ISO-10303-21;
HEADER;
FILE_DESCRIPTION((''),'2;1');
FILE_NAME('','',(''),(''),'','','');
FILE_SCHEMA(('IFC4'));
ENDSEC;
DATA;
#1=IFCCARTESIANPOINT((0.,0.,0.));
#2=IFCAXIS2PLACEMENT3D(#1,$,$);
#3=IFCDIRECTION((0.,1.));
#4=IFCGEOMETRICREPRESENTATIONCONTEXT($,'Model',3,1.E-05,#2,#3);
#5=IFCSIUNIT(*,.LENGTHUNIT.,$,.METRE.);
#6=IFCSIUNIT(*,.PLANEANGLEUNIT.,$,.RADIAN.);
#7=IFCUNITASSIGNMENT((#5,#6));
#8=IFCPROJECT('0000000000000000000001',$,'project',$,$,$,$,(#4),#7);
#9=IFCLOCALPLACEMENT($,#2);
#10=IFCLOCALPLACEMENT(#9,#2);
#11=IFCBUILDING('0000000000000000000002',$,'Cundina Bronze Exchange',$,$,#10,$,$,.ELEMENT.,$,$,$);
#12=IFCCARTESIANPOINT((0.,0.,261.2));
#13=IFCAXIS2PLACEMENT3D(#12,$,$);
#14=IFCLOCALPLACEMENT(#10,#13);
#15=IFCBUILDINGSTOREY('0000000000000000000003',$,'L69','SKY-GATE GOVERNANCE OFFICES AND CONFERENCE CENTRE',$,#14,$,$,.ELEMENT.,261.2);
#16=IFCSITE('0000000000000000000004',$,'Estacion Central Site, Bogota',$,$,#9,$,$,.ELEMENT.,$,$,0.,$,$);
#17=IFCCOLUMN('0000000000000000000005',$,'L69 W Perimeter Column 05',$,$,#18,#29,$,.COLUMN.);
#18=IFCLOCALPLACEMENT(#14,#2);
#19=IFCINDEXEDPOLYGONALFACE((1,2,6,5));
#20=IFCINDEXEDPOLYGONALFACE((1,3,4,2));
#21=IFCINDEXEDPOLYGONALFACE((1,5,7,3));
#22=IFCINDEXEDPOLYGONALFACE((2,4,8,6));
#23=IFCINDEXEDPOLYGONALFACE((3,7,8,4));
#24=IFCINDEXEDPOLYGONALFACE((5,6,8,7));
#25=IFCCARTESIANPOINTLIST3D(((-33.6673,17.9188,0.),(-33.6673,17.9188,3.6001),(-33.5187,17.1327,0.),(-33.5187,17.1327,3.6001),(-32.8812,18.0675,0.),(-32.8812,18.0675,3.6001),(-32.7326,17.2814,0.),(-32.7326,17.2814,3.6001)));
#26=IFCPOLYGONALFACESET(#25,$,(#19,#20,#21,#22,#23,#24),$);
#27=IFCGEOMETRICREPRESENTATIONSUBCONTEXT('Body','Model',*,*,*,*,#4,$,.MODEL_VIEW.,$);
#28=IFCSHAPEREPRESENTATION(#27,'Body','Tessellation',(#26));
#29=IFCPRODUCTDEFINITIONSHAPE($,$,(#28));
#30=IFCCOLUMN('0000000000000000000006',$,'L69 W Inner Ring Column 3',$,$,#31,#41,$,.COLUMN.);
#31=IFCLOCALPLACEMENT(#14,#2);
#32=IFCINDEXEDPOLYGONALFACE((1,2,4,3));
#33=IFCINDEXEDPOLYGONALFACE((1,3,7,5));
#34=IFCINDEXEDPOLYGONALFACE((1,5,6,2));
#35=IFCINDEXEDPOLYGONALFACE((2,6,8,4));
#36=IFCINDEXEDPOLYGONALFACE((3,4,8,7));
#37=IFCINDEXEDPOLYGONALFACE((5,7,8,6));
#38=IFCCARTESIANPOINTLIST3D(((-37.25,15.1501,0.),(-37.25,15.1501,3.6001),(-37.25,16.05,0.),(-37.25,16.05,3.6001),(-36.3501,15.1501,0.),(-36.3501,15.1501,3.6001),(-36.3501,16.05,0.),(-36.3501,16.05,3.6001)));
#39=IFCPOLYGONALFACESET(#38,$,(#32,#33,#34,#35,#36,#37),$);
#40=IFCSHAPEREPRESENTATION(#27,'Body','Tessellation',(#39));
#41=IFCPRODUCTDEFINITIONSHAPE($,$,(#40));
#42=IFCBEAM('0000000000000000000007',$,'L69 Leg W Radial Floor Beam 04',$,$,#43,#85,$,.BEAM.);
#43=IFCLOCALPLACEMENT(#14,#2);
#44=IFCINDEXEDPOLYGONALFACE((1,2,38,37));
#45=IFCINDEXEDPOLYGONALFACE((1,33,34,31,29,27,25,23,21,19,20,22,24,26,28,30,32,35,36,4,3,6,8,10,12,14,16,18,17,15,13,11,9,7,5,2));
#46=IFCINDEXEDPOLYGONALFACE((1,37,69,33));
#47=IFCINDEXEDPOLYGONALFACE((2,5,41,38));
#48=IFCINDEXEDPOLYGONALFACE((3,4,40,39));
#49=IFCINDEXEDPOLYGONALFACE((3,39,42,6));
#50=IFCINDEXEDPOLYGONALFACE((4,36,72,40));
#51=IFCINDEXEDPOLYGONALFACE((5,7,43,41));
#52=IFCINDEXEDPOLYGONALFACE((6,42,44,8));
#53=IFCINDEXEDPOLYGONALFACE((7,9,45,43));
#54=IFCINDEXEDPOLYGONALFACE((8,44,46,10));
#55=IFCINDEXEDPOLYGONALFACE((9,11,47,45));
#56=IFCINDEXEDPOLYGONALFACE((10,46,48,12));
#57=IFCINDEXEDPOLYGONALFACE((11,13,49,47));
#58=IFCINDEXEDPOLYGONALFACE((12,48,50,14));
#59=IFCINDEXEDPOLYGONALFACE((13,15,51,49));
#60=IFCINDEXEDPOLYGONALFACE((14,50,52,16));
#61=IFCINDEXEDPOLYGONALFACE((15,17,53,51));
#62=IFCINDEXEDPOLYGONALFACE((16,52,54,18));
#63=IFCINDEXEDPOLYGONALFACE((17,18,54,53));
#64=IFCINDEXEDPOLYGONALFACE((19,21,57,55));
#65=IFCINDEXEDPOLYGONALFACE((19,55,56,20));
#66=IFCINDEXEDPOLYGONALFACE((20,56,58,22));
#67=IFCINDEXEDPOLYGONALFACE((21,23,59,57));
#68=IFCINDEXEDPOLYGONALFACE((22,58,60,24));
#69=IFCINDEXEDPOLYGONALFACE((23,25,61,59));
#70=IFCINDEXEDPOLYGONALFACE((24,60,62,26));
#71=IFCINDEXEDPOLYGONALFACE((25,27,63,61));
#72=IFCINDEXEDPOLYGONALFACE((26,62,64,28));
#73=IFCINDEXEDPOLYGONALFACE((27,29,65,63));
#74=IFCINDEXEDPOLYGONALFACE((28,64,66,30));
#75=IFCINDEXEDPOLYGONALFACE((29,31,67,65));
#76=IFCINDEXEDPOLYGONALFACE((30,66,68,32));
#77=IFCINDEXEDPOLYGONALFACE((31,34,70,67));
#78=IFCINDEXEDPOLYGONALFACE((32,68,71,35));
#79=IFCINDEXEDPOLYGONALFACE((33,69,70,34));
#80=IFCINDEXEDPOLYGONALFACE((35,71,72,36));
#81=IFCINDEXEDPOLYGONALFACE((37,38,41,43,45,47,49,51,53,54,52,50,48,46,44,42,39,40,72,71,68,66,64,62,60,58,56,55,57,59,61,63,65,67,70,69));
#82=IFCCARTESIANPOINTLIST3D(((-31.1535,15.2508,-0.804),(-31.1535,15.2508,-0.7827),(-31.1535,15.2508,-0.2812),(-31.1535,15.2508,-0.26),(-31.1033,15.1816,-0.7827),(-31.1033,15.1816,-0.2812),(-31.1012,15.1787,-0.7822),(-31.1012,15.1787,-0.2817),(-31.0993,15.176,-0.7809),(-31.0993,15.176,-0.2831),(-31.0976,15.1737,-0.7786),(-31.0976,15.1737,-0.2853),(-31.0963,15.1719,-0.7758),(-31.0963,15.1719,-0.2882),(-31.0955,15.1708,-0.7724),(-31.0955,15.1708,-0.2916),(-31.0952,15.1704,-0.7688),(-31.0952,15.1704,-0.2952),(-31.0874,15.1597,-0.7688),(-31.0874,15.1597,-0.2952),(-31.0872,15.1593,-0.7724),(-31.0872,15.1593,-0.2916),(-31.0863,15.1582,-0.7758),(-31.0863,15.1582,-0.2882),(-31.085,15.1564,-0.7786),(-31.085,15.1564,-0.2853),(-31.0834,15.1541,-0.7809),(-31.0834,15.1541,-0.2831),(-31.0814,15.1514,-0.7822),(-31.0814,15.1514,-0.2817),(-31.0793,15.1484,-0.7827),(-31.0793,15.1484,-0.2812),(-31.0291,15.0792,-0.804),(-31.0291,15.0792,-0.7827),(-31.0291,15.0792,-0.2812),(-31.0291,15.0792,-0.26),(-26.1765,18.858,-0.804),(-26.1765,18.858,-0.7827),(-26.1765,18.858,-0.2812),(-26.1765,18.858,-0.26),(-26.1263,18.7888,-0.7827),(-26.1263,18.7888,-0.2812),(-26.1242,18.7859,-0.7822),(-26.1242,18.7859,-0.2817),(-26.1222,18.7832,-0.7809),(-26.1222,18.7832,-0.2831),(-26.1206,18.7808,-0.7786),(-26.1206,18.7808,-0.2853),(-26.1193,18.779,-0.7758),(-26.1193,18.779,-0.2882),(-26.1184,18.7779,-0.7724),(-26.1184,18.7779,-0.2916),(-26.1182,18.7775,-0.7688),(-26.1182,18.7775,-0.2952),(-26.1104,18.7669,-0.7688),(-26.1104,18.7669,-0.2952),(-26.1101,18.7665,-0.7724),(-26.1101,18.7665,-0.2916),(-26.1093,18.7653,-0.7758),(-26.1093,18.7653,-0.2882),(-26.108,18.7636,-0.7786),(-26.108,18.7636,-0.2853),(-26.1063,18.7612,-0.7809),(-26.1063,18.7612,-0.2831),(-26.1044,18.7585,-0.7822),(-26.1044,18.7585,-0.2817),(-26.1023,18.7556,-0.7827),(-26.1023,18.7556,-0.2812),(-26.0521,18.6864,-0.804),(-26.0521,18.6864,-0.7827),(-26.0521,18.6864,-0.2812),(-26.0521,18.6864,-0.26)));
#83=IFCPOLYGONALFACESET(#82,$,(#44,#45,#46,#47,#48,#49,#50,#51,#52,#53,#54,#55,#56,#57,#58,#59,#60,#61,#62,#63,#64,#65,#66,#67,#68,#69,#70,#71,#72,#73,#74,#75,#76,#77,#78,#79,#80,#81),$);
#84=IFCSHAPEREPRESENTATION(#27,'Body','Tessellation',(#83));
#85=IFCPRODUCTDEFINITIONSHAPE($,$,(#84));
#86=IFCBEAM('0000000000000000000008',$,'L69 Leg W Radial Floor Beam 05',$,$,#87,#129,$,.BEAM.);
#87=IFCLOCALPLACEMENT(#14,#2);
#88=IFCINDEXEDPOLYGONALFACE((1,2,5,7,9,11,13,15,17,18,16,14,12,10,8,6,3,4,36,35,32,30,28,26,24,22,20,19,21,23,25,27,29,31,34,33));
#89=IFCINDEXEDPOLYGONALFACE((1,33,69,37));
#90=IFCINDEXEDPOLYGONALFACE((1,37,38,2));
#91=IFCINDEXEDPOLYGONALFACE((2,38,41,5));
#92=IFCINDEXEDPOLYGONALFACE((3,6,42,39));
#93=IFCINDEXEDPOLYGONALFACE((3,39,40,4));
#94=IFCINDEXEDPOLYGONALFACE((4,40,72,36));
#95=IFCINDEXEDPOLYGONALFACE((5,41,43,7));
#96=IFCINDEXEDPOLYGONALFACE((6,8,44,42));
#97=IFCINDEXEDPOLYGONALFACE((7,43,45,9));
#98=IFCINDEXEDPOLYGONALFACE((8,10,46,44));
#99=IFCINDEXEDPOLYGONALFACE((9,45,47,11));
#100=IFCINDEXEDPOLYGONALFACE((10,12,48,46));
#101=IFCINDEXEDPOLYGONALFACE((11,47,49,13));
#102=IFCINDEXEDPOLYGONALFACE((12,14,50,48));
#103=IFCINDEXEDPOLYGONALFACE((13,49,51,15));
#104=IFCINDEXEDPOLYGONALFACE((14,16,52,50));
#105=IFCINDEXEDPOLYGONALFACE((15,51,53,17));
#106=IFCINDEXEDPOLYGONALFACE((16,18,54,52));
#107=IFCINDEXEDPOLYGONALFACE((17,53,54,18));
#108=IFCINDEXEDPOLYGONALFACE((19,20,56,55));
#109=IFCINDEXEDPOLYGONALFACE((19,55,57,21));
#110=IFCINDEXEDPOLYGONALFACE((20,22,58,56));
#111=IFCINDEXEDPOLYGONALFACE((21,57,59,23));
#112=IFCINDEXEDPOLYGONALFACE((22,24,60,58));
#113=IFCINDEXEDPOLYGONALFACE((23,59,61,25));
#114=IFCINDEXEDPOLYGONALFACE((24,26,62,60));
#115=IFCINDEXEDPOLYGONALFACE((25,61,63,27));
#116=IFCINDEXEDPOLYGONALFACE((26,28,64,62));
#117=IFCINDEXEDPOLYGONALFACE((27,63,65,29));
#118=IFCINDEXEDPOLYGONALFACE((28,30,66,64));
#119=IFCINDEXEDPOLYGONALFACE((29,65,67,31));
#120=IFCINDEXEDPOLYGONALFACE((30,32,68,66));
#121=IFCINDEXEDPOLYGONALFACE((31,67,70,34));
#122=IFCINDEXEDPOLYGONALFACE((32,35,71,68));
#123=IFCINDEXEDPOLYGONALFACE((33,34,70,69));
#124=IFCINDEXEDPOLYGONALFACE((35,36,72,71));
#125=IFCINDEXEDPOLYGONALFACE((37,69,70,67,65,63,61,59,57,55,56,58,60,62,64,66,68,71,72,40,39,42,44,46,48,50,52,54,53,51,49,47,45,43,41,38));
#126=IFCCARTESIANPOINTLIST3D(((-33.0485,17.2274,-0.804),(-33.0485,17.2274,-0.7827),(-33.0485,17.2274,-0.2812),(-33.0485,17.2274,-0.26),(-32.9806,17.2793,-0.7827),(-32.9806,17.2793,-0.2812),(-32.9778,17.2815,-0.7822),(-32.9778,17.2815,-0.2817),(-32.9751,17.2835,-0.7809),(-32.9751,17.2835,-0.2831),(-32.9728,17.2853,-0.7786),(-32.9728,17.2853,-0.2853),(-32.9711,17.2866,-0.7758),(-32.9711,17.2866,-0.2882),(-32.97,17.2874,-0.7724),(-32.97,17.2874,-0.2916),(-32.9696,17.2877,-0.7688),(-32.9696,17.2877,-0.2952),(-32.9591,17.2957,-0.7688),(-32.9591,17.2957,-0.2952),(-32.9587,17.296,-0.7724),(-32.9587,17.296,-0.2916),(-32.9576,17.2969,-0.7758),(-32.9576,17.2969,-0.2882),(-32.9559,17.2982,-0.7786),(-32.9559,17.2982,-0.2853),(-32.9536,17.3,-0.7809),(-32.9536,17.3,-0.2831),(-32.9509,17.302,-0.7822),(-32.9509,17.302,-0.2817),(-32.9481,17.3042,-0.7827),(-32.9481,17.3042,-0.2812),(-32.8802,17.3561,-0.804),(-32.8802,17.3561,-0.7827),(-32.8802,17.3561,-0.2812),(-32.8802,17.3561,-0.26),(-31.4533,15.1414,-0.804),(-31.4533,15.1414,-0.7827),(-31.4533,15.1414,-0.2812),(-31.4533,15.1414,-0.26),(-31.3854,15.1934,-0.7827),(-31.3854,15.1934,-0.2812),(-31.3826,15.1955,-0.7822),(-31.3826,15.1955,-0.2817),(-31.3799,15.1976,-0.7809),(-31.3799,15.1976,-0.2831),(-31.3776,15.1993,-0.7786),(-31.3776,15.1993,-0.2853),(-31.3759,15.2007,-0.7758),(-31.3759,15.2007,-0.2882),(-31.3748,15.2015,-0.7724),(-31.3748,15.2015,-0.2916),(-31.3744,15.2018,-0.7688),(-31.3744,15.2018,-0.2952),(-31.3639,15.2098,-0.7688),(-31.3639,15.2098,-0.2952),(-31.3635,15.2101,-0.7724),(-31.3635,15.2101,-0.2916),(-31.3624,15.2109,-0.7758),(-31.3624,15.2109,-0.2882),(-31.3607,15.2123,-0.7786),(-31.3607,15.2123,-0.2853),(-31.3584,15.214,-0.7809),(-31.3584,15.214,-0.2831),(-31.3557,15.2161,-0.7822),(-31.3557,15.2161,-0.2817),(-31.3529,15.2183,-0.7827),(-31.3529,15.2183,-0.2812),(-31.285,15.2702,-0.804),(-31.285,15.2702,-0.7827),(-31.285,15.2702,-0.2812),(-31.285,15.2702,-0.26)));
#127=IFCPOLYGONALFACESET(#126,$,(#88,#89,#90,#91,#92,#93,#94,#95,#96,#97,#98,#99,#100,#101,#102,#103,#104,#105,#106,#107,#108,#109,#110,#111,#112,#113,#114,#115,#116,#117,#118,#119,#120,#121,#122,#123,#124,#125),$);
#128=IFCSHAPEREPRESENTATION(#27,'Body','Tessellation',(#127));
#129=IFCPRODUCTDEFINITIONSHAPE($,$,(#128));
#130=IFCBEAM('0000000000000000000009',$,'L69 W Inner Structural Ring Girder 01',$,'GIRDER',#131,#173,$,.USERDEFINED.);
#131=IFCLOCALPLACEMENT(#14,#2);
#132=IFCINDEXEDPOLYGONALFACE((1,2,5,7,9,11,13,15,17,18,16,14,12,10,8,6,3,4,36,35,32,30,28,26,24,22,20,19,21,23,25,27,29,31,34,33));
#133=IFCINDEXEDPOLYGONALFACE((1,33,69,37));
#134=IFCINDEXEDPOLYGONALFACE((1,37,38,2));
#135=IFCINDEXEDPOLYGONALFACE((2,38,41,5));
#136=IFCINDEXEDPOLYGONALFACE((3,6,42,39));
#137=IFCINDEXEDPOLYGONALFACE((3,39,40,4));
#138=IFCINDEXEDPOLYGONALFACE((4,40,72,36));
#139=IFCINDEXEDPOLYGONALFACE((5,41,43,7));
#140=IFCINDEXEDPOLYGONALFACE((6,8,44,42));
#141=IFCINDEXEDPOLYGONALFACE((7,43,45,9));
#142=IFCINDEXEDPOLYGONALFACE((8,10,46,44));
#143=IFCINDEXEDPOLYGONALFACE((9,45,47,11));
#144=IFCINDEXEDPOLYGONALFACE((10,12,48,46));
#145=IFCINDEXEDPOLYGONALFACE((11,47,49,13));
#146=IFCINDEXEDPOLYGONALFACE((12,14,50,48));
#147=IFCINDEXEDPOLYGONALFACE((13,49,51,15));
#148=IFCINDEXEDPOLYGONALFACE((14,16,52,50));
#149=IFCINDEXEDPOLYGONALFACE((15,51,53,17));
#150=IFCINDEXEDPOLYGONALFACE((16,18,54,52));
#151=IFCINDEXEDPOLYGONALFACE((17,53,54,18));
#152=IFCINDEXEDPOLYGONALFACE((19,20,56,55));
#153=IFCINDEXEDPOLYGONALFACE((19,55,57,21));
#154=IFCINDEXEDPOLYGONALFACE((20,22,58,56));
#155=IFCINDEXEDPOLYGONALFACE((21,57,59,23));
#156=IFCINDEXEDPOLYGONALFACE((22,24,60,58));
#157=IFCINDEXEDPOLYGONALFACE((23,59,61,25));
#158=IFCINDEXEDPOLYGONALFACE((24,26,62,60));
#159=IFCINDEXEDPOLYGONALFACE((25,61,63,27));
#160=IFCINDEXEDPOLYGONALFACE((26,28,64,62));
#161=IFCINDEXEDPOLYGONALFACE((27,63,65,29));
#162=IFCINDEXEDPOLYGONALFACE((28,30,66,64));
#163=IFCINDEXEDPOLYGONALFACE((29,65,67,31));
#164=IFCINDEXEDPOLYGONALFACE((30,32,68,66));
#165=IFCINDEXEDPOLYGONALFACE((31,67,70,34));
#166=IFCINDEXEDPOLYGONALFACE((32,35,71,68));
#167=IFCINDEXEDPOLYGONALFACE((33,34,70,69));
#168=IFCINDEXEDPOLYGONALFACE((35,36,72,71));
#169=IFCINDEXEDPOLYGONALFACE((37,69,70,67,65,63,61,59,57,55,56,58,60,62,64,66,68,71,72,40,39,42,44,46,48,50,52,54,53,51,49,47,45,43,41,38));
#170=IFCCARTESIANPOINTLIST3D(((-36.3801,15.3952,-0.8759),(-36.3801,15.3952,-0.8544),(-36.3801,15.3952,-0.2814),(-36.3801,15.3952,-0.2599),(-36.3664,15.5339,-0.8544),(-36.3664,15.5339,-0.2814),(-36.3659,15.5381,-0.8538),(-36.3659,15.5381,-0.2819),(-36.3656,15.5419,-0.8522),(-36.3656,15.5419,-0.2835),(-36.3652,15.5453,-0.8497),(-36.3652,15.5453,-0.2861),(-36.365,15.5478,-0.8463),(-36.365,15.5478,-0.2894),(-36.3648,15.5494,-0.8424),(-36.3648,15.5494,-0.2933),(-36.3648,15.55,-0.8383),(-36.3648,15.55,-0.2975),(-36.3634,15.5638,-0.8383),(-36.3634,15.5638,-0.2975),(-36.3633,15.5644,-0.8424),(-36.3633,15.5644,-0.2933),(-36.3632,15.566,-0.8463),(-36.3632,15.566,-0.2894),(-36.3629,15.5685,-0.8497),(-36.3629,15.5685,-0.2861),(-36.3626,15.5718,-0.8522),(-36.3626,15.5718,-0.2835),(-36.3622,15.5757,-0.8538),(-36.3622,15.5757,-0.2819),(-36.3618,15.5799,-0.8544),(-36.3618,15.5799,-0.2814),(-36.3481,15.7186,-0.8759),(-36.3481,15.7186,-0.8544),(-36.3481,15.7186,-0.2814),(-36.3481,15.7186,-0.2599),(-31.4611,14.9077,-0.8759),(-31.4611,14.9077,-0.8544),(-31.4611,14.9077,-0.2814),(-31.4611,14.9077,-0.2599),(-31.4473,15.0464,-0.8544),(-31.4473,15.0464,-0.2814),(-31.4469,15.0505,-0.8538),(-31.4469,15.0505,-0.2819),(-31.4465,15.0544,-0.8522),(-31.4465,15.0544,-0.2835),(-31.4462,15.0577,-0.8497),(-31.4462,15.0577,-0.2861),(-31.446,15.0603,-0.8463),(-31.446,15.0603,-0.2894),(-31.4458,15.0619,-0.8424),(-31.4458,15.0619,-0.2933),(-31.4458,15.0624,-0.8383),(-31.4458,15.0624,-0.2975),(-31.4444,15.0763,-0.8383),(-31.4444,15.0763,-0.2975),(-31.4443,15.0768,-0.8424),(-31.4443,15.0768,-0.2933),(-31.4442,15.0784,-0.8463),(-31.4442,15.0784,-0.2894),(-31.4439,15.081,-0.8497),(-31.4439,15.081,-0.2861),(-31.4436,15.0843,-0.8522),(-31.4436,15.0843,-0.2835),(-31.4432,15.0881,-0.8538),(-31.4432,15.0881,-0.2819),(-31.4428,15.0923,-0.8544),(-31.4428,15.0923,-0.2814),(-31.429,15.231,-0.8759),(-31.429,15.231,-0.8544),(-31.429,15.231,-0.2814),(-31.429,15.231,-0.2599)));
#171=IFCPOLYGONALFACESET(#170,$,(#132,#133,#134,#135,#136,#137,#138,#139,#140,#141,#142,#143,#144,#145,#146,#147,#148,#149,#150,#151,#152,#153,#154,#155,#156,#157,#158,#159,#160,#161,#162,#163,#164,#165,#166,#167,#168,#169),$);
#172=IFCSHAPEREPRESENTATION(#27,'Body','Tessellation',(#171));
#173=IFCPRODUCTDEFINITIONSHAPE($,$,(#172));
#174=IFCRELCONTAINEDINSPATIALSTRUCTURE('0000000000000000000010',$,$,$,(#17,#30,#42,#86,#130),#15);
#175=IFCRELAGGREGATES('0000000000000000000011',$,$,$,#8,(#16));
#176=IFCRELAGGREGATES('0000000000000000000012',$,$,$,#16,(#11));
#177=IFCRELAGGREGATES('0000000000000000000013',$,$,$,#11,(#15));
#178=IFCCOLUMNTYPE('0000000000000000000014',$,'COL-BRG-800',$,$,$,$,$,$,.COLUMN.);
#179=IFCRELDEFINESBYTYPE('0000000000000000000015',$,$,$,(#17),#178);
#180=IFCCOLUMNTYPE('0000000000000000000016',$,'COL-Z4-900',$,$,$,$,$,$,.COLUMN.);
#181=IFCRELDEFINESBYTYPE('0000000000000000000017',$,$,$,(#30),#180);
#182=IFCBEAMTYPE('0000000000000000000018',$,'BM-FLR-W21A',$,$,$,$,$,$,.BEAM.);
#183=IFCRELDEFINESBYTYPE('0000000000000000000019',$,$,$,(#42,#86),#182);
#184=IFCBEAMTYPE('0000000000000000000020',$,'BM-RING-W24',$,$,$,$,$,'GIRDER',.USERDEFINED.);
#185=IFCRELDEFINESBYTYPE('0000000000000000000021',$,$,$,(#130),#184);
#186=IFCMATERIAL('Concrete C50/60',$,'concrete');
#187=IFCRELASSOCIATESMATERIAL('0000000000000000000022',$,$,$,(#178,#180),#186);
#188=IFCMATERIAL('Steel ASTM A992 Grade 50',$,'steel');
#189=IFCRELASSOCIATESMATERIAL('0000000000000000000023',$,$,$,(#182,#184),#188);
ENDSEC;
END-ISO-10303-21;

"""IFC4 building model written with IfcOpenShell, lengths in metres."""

from ifc_helpers import new_model, si_unit, direction, frame, origin, origin_2d, place, context, subcontext, project, spatial, rectangle, i_section, extrude, material, material_profile, profile_set, type_object, element, save


model = new_model("IFC4")

# Units and contexts
model_context = context("Model", 3, precision=1e-05, world=origin(), true_north=direction((0.0, 1.0)))
body_context = subcontext(model_context, "Body", "Model", "MODEL_VIEW")
ifc_project = project(units=[si_unit("LENGTHUNIT", "METRE"), si_unit("PLANEANGLEUNIT", "RADIAN")], contexts=[model_context])

# Site, building, storey
site_placement = place(None, origin())
site = spatial("IfcSite", under=ifc_project, at=site_placement, Name="Estacion Central Site, Bogota", CompositionType="ELEMENT", RefElevation=0.0)
building_placement = place(site_placement, origin())
building = spatial("IfcBuilding", under=site, at=building_placement, Name="Cundina Bronze Exchange", CompositionType="ELEMENT")
storey_placement = place(building_placement, frame((0.0, 0.0, 261.2)))
storey = spatial("IfcBuildingStorey", under=building, at=storey_placement, Name="L69", Description="SKY-GATE GOVERNANCE OFFICES AND CONFERENCE CENTRE", CompositionType="ELEMENT", Elevation=261.2)

# Columns
ifc_material_1 = material(Name="Concrete C50/60", Category="concrete")
ifc_material_profile_1 = material_profile(ifc_material_1, rectangle(XDim=0.8, YDim=0.8, at=origin_2d()), Name="RC800X800", Category="concrete")
ifc_profile_set_1 = profile_set([ifc_material_profile_1], Name="Concrete C50/60")
column_type_1 = type_object("IfcColumnType", Name="COL-BRG-800", PredefinedType="COLUMN", material=ifc_profile_set_1)
column_1_placement = place(storey_placement, frame((-33.2, 17.6001, 0.0), z_axis=(0.0, 0.0, 1.0), x_axis=(-0.98258, -0.185838, 0.0)))
element("IfcColumn", 1, at=column_1_placement, inside=storey, type_object=column_type_1, Name="L69 W Perimeter Column 05", PredefinedType="COLUMN", context=body_context, shape_type="SweptSolid", body=[
    extrude(rectangle(XDim=0.8, YDim=0.8, at=origin_2d()), origin(), (0.0, 0.0, 1.0), 3.6001),
])
ifc_material_profile_2 = material_profile(ifc_material_1, rectangle(XDim=0.8999, YDim=0.8999, at=origin_2d()), Name="RC900X900", Category="concrete")
ifc_profile_set_2 = profile_set([ifc_material_profile_2], Name="Concrete C50/60")
column_type_2 = type_object("IfcColumnType", Name="COL-Z4-900", PredefinedType="COLUMN", material=ifc_profile_set_2)
column_2_placement = place(storey_placement, frame((-36.8, 15.6001, 0.0), z_axis=(0.0, 0.0, 1.0), x_axis=(1.0, 0.0, 0.0)))
element("IfcColumn", 2, at=column_2_placement, inside=storey, type_object=column_type_2, Name="L69 W Inner Ring Column 3", PredefinedType="COLUMN", context=body_context, shape_type="SweptSolid", body=[
    extrude(rectangle(XDim=0.8999, YDim=0.8999, at=origin_2d()), origin(), (0.0, 0.0, 1.0), 3.6001),
])

# Beams
ifc_material_2 = material(Name="Steel ASTM A992 Grade 50", Category="steel")
ifc_material_profile_3 = material_profile(ifc_material_2, i_section(OverallWidth=0.2119, OverallDepth=0.5439, WebThickness=0.0132, FlangeThickness=0.0212, FilletRadius=0.0139, at=origin_2d()), Name="W21X83", Category="steel")
ifc_profile_set_3 = profile_set([ifc_material_profile_3], Name="Steel ASTM A992 Grade 50")
beam_type_1 = type_object("IfcBeamType", Name="BM-FLR-W21A", PredefinedType="BEAM", material=ifc_profile_set_3)
beam_1_placement = place(storey_placement, frame((-31.0913, 15.165, -0.532), z_axis=(0.809702, 0.586841, 0.0), x_axis=(-0.586841, 0.809702, 0.0)))
element("IfcBeam", 3, at=beam_1_placement, inside=storey, type_object=beam_type_1, Name="L69 Leg W Radial Floor Beam 04", PredefinedType="BEAM", context=body_context, shape_type="SweptSolid", body=[
    extrude(i_section(OverallWidth=0.2119, OverallDepth=0.5439, WebThickness=0.0132, FlangeThickness=0.0212, FilletRadius=0.0139, at=origin_2d()), origin(), (0.0, 0.0, 1.0), 6.1467),
])
beam_2_placement = place(storey_placement, frame((-31.3691, 15.2058, -0.532), z_axis=(-0.607471, 0.794342, 0.0), x_axis=(-0.794342, -0.607471, 0.0)))
element("IfcBeam", 4, at=beam_2_placement, inside=storey, type_object=beam_type_1, Name="L69 Leg W Radial Floor Beam 05", PredefinedType="BEAM", context=body_context, shape_type="SweptSolid", body=[
    extrude(i_section(OverallWidth=0.2119, OverallDepth=0.5439, WebThickness=0.0132, FlangeThickness=0.0212, FilletRadius=0.0139, at=origin_2d()), origin(), (0.0, 0.0, 1.0), 2.626),
])
ifc_material_profile_4 = material_profile(ifc_material_2, i_section(OverallWidth=0.325, OverallDepth=0.616, WebThickness=0.0139, FlangeThickness=0.0215, FilletRadius=0.0161, at=origin_2d()), Name="W24X117", Category="steel")
ifc_profile_set_4 = profile_set([ifc_material_profile_4], Name="Steel ASTM A992 Grade 50")
beam_type_2 = type_object("IfcBeamType", Name="BM-RING-W24", ElementType="GIRDER", PredefinedType="USERDEFINED", material=ifc_profile_set_4)
beam_3_placement = place(storey_placement, frame((-31.4451, 15.0693, -0.5679), z_axis=(-0.995124, 0.098633, 0.0), x_axis=(-0.098633, -0.995124, 0.0)))
element("IfcBeam", 5, at=beam_3_placement, inside=storey, type_object=beam_type_2, Name="L69 W Inner Structural Ring Girder 01", ObjectType="GIRDER", PredefinedType="USERDEFINED", context=body_context, shape_type="SweptSolid", body=[
    extrude(i_section(OverallWidth=0.325, OverallDepth=0.616, WebThickness=0.0139, FlangeThickness=0.0215, FilletRadius=0.0161, at=origin_2d()), origin(), (0.0, 0.0, 1.0), 4.9431),
])

save(model, "model.ifc")
